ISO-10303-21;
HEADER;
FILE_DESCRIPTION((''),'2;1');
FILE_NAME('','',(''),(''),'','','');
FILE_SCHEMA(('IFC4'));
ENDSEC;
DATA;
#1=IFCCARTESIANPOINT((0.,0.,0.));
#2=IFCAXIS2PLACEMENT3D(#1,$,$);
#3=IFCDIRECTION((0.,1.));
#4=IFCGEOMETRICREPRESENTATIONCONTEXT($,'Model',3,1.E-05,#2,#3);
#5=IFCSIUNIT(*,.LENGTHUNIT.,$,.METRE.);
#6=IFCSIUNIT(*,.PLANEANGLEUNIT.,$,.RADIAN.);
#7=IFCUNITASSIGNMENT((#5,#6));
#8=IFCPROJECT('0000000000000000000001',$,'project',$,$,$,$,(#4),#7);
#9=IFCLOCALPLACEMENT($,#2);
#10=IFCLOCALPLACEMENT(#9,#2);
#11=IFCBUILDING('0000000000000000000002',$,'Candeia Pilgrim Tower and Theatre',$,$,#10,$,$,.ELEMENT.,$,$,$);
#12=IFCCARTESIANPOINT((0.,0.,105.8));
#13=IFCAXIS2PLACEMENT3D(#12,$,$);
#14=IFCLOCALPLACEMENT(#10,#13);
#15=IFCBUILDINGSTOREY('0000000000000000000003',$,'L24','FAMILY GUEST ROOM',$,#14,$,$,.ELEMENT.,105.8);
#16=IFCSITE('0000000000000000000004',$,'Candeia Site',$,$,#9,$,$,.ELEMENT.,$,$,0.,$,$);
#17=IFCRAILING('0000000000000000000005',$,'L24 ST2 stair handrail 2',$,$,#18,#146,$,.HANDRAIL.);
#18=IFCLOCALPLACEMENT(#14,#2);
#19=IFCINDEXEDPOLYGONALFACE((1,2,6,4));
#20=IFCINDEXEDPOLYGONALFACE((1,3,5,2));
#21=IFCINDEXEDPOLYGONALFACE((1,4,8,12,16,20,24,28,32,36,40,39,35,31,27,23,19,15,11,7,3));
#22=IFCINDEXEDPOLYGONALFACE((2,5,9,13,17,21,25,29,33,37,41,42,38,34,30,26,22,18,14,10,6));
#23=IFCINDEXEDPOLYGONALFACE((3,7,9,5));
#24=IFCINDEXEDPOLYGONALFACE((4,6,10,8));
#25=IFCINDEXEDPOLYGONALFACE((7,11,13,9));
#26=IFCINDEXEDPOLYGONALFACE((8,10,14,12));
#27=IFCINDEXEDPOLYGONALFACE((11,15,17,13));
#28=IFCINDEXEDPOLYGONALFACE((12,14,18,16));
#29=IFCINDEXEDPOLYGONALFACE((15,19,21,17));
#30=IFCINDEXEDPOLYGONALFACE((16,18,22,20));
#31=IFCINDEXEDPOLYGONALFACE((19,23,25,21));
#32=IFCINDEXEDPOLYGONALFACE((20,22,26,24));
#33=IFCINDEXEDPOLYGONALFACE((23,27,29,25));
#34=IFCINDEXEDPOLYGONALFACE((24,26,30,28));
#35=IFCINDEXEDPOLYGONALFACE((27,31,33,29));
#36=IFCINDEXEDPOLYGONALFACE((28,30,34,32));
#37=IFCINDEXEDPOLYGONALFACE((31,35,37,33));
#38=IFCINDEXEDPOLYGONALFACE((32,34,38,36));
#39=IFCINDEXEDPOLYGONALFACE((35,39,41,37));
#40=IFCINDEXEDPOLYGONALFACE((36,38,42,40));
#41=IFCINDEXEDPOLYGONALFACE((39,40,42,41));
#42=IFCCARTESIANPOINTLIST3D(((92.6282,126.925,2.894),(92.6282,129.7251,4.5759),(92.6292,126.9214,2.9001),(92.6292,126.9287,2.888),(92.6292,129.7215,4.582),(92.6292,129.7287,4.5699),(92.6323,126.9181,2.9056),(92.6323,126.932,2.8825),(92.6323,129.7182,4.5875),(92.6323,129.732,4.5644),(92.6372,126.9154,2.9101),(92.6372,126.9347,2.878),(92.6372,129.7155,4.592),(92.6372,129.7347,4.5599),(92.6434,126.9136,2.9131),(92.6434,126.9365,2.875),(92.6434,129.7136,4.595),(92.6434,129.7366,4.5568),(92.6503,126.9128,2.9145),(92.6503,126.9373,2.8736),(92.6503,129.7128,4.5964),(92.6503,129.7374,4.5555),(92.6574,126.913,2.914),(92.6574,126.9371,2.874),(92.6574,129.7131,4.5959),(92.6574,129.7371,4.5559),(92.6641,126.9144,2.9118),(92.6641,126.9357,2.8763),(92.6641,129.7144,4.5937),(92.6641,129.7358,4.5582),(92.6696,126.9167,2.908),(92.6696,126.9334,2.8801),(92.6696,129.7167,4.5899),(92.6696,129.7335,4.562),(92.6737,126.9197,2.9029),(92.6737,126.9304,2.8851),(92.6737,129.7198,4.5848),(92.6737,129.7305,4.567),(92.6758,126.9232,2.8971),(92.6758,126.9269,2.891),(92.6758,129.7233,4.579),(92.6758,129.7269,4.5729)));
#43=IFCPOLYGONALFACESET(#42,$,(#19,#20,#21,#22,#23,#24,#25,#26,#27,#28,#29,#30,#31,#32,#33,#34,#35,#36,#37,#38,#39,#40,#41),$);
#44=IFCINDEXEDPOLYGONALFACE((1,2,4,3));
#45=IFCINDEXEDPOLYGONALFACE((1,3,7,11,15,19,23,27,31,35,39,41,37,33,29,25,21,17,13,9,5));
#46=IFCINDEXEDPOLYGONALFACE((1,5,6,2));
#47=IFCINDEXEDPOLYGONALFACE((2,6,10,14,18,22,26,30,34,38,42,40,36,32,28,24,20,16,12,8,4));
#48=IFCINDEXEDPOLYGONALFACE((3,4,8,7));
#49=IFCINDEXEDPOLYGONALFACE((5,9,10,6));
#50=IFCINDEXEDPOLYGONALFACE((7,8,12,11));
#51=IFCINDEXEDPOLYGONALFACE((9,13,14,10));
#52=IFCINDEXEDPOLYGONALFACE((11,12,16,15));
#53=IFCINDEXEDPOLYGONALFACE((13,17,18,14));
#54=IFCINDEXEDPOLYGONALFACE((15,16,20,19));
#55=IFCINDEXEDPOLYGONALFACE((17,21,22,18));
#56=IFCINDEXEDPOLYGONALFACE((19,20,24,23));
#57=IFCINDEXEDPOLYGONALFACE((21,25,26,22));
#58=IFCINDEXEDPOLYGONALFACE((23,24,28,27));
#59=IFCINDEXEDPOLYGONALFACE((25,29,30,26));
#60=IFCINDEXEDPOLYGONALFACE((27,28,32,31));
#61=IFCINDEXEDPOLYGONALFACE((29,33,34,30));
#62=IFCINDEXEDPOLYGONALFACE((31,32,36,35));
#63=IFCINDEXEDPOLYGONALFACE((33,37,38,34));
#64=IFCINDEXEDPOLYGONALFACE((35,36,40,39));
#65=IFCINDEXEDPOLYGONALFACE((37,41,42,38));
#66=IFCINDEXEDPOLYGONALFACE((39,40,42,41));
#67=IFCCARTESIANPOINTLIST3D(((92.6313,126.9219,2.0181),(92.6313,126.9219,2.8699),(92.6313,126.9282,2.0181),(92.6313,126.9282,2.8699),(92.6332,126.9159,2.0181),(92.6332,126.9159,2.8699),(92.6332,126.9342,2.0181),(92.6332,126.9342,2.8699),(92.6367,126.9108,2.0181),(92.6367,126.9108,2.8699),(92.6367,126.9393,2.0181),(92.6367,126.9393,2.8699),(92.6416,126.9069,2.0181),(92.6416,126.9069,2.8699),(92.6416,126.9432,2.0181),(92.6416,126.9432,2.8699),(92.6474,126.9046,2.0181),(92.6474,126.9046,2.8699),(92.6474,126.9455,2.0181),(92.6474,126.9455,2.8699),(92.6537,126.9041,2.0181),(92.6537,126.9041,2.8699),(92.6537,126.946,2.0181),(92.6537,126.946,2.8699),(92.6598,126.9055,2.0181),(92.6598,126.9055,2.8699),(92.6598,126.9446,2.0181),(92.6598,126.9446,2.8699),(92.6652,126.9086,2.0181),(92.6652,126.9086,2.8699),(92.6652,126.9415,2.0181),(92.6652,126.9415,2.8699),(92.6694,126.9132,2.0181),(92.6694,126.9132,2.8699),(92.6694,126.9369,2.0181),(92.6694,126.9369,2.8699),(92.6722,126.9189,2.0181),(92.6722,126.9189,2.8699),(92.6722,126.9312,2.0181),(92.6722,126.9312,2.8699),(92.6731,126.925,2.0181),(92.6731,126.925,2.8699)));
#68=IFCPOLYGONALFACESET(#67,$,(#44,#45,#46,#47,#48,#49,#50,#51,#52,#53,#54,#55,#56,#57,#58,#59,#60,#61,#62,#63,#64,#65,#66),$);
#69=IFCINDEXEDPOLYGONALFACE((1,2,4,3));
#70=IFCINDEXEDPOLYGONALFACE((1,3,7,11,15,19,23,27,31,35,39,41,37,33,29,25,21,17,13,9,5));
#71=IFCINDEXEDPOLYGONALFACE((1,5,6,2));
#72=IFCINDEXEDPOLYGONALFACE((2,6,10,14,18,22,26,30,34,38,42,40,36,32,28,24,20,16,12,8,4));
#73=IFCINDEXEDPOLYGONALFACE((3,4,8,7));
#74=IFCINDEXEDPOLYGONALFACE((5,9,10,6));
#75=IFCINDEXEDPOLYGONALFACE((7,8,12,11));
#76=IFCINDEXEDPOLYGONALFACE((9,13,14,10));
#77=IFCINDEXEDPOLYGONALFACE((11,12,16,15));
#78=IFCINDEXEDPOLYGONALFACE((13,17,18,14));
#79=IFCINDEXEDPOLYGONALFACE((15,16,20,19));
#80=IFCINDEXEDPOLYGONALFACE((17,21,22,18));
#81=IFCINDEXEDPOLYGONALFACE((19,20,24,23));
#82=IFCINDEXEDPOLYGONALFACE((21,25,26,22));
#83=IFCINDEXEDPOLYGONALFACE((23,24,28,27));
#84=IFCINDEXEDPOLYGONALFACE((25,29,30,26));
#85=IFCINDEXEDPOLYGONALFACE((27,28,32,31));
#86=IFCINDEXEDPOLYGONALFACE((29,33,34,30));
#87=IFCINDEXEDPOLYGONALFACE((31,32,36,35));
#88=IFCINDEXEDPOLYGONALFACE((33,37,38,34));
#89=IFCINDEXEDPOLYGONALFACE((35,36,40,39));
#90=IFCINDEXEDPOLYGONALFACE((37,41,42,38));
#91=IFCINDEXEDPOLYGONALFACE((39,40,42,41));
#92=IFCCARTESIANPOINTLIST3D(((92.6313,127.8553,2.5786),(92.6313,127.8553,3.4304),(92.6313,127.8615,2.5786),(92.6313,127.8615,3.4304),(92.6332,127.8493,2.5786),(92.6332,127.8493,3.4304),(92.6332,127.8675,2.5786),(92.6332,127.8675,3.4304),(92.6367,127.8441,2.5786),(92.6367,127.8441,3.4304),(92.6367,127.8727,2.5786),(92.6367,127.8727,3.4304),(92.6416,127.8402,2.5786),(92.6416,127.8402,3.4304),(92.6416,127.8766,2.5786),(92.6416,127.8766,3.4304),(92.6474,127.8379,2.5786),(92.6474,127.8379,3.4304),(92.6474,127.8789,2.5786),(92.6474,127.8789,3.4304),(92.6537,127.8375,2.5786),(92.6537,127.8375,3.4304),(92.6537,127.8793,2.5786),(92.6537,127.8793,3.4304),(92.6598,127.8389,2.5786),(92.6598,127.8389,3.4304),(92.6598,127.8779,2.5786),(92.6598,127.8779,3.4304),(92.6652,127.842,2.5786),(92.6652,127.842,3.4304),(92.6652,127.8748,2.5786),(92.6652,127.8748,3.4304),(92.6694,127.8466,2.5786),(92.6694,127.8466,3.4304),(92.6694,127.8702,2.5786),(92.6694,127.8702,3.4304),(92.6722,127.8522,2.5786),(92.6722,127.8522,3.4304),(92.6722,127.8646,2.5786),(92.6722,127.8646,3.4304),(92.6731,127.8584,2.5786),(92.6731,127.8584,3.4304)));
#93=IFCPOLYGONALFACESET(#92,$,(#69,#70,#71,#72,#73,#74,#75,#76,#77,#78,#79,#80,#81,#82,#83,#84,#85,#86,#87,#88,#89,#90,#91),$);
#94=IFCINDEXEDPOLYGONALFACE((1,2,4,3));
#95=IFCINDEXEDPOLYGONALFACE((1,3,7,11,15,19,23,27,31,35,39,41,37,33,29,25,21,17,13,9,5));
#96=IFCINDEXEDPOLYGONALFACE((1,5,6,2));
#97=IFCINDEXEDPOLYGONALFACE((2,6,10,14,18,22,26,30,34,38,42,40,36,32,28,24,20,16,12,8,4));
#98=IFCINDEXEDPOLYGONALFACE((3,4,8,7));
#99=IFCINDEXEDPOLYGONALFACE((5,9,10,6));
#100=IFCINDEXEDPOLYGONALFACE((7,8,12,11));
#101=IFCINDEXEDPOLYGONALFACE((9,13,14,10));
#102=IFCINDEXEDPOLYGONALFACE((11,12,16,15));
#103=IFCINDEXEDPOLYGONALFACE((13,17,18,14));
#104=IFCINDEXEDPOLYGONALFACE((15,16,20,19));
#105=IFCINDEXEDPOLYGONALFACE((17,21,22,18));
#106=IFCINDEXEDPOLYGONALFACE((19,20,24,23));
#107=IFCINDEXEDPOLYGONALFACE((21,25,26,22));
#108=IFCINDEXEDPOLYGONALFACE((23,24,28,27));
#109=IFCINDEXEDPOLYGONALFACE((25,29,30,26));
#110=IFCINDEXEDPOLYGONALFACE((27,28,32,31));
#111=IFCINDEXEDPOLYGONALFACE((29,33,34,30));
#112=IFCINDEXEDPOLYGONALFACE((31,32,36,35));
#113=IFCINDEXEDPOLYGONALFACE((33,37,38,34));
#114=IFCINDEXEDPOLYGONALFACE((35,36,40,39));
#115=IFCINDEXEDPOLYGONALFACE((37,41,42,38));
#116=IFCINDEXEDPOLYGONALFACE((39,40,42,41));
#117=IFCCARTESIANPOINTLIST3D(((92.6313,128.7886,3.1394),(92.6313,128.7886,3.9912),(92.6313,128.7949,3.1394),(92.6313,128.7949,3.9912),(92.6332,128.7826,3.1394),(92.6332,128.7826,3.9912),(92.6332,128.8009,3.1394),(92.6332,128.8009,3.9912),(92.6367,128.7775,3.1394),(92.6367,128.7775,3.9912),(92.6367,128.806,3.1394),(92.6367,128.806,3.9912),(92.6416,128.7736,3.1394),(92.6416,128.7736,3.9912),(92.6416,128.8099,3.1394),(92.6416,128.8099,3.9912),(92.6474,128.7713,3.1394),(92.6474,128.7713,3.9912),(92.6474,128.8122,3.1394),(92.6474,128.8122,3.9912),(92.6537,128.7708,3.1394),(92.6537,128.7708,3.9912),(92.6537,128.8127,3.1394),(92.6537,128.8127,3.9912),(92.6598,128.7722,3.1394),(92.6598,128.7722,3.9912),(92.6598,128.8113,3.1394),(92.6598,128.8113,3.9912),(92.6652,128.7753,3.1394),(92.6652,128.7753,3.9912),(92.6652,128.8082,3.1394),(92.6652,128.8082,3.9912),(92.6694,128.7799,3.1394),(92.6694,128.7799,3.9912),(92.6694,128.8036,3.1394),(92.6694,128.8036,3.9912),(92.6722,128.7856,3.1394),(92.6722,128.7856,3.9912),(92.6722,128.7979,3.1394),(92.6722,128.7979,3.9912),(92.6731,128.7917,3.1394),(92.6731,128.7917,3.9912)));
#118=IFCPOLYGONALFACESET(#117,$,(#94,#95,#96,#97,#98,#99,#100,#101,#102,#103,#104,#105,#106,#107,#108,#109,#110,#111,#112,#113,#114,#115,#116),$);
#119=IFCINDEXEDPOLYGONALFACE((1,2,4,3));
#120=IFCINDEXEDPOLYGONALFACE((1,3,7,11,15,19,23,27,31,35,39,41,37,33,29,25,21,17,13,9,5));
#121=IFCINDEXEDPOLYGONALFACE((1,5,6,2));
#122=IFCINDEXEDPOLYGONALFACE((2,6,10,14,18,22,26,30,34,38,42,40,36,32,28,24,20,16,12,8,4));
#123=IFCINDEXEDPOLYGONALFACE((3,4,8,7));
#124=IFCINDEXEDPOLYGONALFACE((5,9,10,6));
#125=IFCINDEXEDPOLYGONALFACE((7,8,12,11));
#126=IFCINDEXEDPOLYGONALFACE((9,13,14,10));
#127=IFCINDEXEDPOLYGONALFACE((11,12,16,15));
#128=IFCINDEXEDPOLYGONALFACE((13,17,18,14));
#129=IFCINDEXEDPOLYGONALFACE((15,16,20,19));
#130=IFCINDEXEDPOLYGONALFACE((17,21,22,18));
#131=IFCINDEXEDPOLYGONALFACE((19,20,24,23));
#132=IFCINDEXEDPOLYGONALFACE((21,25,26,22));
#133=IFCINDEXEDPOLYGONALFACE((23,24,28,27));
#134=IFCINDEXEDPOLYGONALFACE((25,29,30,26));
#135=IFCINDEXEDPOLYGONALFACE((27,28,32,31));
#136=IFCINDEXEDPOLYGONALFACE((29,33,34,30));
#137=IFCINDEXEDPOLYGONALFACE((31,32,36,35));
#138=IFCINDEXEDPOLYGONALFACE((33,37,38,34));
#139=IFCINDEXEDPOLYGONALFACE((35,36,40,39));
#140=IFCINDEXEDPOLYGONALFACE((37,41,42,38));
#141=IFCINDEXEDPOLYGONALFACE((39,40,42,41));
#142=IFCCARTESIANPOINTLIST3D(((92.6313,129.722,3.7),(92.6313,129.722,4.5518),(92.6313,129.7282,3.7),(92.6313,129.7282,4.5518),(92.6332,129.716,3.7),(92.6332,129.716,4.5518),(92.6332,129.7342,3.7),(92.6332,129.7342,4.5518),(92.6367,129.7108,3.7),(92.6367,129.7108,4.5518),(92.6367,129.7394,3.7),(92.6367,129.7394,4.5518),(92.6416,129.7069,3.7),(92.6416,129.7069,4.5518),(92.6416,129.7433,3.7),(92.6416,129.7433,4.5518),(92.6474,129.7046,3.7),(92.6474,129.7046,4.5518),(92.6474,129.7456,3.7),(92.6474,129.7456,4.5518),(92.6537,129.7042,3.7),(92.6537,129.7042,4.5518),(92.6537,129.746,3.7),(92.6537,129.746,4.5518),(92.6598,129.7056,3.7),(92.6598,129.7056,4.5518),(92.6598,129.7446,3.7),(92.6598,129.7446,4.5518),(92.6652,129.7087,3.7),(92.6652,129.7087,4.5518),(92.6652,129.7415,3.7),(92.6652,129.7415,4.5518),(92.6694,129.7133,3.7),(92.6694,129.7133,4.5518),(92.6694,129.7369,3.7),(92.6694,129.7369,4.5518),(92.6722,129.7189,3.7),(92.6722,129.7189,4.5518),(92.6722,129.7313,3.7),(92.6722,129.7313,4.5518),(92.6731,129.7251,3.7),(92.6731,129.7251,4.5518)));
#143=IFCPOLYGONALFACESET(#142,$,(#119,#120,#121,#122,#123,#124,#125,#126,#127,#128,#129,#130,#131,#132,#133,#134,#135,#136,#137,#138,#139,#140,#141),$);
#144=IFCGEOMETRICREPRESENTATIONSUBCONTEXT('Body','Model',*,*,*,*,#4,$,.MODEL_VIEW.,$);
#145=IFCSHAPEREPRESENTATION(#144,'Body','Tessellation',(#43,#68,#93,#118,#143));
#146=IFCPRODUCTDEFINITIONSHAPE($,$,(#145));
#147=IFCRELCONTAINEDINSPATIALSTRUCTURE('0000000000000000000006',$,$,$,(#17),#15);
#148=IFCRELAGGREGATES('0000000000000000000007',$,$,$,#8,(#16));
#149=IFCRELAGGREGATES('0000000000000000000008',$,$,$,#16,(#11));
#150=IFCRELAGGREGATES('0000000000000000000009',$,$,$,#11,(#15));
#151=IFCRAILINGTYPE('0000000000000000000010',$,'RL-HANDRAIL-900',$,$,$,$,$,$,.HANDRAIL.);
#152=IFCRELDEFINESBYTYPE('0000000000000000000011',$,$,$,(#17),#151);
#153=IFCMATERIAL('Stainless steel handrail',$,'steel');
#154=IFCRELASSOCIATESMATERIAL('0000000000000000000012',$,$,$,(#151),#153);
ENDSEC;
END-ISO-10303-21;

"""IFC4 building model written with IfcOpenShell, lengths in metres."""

from ifc_helpers import new_model, si_unit, direction, frame, origin, origin_2d, place, context, subcontext, project, spatial, circle, extrude, material, type_object, element, save


model = new_model("IFC4")

# Units and contexts
model_context = context("Model", 3, precision=1e-05, world=origin(), true_north=direction((0.0, 1.0)))
body_context = subcontext(model_context, "Body", "Model", "MODEL_VIEW")
ifc_project = project(units=[si_unit("LENGTHUNIT", "METRE"), si_unit("PLANEANGLEUNIT", "RADIAN")], contexts=[model_context])

# Site, building, storey
site_placement = place(None, origin())
site = spatial("IfcSite", under=ifc_project, at=site_placement, Name="Candeia Site", CompositionType="ELEMENT", RefElevation=0.0)
building_placement = place(site_placement, origin())
building = spatial("IfcBuilding", under=site, at=building_placement, Name="Candeia Pilgrim Tower and Theatre", CompositionType="ELEMENT")
storey_placement = place(building_placement, frame((0.0, 0.0, 105.8)))
storey = spatial("IfcBuildingStorey", under=building, at=storey_placement, Name="L24", Description="FAMILY GUEST ROOM", CompositionType="ELEMENT", Elevation=105.8)

# Railing
ifc_material_1 = material(Name="Stainless steel handrail", Category="steel")
railing_type_1 = type_object("IfcRailingType", Name="RL-HANDRAIL-900", PredefinedType="HANDRAIL", material=ifc_material_1)
railing_1_placement = place(storey_placement, frame((92.6521, 126.925, 2.0181)))
element("IfcRailing", 1, at=railing_1_placement, inside=storey, type_object=railing_type_1, Name="L24 ST2 stair handrail 2", PredefinedType="HANDRAIL", context=body_context, shape_type="SweptSolid", body=[
    extrude(circle(Radius=0.0239, at=origin_2d()), frame((0.0, 0.0, 0.876), z_axis=(0.0, 0.857242, 0.514913), x_axis=(-1.0, 0.0, 0.0)), (0.0, 0.0, 1.0), 3.2664),
    extrude(circle(Radius=0.021, at=origin_2d()), origin(), (0.0, 0.0, 1.0), 0.8518),
    extrude(circle(Radius=0.021, at=origin_2d()), frame((0.0, 0.9333, 0.5605)), (0.0, 0.0, 1.0), 0.8518),
    extrude(circle(Radius=0.021, at=origin_2d()), frame((0.0, 1.8667, 1.1213)), (0.0, 0.0, 1.0), 0.8518),
    extrude(circle(Radius=0.021, at=origin_2d()), frame((0.0, 2.8, 1.6819)), (0.0, 0.0, 1.0), 0.8518),
])

save(model, "model.ifc")
